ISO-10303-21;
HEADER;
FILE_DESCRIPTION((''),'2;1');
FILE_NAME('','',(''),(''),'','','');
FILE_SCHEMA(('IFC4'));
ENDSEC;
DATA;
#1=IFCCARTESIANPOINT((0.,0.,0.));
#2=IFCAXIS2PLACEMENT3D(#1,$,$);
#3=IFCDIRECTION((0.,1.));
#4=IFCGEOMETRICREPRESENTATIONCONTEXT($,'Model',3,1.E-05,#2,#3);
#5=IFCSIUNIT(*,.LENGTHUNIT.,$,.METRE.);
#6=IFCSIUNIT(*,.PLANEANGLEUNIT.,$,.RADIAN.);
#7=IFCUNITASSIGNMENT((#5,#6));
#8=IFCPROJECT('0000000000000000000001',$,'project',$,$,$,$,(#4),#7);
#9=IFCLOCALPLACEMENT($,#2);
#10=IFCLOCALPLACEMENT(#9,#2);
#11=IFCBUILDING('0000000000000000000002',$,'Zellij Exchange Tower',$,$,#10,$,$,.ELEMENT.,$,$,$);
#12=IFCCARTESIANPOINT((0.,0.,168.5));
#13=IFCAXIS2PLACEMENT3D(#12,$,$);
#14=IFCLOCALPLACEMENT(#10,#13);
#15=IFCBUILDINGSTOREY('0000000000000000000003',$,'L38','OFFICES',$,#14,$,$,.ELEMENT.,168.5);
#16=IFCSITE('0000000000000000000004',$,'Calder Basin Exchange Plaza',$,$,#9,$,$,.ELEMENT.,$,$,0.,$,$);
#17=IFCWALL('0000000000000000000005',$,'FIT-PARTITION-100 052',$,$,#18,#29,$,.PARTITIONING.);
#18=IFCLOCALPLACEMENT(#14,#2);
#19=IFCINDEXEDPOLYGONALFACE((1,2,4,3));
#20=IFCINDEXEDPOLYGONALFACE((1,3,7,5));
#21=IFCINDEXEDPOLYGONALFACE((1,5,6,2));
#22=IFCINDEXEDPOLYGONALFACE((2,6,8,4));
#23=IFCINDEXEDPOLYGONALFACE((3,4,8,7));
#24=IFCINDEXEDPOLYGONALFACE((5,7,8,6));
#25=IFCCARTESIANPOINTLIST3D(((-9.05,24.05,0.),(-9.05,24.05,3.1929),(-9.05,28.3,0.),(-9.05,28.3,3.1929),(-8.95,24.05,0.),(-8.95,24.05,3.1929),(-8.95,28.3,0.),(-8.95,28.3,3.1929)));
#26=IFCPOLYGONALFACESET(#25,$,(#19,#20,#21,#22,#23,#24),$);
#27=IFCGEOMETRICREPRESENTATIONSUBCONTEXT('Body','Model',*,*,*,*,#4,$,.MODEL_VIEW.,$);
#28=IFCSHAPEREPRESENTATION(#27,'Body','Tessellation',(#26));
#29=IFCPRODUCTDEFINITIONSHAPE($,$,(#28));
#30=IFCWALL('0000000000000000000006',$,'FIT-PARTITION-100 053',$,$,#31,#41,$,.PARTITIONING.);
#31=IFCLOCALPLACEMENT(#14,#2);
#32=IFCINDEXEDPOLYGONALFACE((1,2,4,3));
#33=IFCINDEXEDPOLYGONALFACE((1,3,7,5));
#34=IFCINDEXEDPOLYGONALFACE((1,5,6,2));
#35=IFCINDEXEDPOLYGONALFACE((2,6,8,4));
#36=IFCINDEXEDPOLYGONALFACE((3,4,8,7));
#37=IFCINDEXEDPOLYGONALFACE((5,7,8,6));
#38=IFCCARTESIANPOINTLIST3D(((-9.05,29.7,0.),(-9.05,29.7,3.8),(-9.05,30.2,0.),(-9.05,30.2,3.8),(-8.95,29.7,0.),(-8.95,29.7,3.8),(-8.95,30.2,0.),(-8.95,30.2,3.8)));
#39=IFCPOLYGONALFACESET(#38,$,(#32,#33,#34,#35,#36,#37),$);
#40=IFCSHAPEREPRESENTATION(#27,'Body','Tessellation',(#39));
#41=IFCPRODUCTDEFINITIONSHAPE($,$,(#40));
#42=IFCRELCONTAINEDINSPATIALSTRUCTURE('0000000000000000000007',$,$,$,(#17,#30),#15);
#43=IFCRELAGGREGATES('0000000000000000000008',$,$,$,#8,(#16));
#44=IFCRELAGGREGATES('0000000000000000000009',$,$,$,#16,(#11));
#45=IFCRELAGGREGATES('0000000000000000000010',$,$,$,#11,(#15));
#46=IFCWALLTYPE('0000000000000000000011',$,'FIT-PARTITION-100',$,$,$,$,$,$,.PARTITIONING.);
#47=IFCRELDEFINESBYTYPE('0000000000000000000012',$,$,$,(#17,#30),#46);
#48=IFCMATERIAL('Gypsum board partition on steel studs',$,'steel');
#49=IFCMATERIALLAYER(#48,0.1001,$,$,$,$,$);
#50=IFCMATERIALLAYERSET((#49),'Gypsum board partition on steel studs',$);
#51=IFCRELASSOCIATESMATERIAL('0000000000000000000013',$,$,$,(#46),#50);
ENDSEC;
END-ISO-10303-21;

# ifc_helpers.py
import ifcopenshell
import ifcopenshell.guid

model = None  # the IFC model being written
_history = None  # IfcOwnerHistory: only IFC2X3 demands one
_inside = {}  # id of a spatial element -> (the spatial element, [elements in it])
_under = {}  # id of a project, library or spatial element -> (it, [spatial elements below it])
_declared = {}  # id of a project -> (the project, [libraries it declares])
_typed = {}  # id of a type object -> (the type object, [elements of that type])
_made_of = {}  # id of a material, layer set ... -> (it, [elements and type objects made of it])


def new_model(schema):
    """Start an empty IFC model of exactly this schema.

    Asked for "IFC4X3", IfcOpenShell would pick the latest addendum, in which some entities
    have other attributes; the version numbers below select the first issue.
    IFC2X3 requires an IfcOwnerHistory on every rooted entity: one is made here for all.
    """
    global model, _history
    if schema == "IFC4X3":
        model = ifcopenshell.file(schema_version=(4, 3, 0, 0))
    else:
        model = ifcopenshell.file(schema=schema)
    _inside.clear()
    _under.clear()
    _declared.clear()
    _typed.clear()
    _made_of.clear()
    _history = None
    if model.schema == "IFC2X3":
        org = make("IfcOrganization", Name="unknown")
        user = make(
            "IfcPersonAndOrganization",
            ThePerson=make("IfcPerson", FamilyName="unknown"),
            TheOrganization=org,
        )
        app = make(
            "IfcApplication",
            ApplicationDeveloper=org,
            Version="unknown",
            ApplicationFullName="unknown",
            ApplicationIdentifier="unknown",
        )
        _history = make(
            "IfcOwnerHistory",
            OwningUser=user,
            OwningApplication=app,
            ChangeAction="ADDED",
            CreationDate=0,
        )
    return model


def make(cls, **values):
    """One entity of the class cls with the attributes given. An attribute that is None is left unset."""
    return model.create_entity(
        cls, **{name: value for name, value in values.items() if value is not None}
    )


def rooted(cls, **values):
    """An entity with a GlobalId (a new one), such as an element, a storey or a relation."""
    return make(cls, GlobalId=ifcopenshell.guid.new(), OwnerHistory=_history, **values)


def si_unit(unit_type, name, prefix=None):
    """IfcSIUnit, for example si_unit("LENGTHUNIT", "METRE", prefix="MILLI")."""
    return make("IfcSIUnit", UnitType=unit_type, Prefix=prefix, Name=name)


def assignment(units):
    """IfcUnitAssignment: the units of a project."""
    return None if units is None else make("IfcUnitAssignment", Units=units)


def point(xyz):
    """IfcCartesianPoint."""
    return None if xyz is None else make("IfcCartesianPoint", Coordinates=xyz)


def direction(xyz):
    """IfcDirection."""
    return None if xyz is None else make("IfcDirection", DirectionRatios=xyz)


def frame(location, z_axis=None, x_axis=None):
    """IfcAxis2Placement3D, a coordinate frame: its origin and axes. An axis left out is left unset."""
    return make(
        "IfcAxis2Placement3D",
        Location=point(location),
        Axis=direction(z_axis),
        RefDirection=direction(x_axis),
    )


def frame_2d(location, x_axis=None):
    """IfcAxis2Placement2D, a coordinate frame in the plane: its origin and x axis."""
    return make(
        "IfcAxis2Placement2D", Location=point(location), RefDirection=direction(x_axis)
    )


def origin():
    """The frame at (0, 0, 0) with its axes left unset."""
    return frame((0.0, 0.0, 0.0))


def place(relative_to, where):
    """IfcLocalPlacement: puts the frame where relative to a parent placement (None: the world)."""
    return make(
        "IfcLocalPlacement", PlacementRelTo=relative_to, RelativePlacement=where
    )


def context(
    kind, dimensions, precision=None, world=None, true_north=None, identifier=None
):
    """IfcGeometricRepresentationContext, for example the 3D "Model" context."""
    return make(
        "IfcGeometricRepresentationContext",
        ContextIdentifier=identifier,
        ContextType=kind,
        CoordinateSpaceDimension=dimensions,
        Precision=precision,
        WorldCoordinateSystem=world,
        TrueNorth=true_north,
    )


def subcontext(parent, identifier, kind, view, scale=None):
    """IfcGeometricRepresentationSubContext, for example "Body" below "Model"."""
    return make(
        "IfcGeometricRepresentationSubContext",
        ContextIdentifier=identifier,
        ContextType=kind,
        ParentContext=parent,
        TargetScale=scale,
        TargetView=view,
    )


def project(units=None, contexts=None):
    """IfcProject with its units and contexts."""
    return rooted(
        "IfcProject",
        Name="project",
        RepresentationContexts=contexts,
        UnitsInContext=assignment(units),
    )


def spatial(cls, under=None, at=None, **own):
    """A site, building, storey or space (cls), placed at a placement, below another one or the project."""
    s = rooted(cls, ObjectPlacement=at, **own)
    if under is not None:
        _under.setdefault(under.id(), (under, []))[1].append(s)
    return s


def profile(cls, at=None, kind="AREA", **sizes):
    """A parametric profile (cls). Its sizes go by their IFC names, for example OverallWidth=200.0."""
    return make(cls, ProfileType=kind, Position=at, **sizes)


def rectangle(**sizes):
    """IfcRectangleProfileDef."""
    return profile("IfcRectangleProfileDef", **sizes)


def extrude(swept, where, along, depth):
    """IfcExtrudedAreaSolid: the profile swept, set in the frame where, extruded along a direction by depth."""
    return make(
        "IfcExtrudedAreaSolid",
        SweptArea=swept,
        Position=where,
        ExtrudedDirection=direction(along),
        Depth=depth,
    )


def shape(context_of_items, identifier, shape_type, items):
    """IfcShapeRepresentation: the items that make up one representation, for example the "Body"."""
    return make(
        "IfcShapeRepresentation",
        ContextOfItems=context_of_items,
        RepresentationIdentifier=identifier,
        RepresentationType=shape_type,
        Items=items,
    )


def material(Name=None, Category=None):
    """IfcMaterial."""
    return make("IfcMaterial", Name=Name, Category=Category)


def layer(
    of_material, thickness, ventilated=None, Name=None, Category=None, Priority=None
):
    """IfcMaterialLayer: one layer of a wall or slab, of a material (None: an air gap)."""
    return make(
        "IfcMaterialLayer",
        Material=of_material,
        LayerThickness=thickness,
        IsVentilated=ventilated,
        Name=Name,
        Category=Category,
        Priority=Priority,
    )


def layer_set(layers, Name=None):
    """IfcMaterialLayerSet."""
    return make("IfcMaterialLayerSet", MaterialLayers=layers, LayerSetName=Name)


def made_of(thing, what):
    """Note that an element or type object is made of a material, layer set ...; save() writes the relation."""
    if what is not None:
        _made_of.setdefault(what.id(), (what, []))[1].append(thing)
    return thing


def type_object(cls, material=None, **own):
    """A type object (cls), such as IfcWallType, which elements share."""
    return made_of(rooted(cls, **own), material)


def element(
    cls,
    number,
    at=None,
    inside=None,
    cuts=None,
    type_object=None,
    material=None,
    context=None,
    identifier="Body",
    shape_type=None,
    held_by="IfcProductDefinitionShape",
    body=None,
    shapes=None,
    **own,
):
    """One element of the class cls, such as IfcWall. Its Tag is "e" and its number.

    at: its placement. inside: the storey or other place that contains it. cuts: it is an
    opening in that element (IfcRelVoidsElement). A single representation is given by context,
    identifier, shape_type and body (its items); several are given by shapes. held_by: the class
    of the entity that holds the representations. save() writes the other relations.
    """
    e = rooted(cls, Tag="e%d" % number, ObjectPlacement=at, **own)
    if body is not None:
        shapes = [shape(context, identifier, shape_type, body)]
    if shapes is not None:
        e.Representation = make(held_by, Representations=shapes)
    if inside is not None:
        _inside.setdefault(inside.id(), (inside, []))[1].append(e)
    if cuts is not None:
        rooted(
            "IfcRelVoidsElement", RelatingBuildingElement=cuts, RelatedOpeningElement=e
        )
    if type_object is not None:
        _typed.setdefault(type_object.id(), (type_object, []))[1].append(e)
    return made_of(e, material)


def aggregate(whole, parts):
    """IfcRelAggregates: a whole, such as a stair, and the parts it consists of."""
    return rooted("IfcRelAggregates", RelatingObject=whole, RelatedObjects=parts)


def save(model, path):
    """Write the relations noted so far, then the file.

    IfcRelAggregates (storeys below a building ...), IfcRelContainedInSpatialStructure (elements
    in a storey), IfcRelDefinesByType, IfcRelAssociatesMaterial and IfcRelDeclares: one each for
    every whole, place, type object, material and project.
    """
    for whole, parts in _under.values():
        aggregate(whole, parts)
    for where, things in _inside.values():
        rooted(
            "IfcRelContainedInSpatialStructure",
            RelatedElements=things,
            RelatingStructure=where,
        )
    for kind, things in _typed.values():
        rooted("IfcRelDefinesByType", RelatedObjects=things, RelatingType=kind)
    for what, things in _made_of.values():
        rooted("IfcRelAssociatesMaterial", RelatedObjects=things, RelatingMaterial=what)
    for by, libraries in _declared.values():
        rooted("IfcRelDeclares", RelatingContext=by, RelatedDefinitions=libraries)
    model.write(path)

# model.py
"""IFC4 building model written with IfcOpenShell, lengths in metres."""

from ifc_helpers import new_model, si_unit, direction, frame, frame_2d, origin, place, context, subcontext, project, spatial, rectangle, extrude, material, layer, layer_set, type_object, element, save


model = new_model("IFC4")

# Units and contexts
model_context = context("Model", 3, precision=1e-05, world=origin(), true_north=direction((0.0, 1.0)))
body_context = subcontext(model_context, "Body", "Model", "MODEL_VIEW")
ifc_project = project(units=[si_unit("LENGTHUNIT", "METRE"), si_unit("PLANEANGLEUNIT", "RADIAN")], contexts=[model_context])

# Site, building, storey
site_placement = place(None, origin())
site = spatial("IfcSite", under=ifc_project, at=site_placement, Name="Calder Basin Exchange Plaza", CompositionType="ELEMENT", RefElevation=0.0)
building_placement = place(site_placement, origin())
building = spatial("IfcBuilding", under=site, at=building_placement, Name="Zellij Exchange Tower", CompositionType="ELEMENT")
storey_placement = place(building_placement, frame((0.0, 0.0, 168.5)))
storey = spatial("IfcBuildingStorey", under=building, at=storey_placement, Name="L38", Description="OFFICES", CompositionType="ELEMENT", Elevation=168.5)

# Shared definitions
ifc_material_1 = material(Name="Gypsum board partition on steel studs", Category="steel")
ifc_layer_1 = layer(ifc_material_1, 0.1001)
ifc_layer_set_1 = layer_set([ifc_layer_1], Name="Gypsum board partition on steel studs")
wall_type_1 = type_object("IfcWallType", Name="FIT-PARTITION-100", PredefinedType="PARTITIONING", material=ifc_layer_set_1)

# Walls
wall_1_placement = place(storey_placement, frame((-9.0, 24.05, 0.0), z_axis=(0.0, 0.0, 1.0), x_axis=(0.0, 1.0, 0.0)))
element("IfcWall", 1, at=wall_1_placement, inside=storey, type_object=wall_type_1, Name="FIT-PARTITION-100 052", PredefinedType="PARTITIONING", context=body_context, shape_type="SweptSolid", body=[
    extrude(rectangle(XDim=4.25, YDim=0.1001, at=frame_2d((2.125, 0.0))), origin(), (0.0, 0.0, 1.0), 3.1929),
])
wall_2_placement = place(storey_placement, frame((-9.0, 29.7, 0.0), z_axis=(0.0, 0.0, 1.0), x_axis=(0.0, 1.0, 0.0)))
element("IfcWall", 2, at=wall_2_placement, inside=storey, type_object=wall_type_1, Name="FIT-PARTITION-100 053", PredefinedType="PARTITIONING", context=body_context, shape_type="SweptSolid", body=[
    extrude(rectangle(XDim=0.5, YDim=0.1001, at=frame_2d((0.25, 0.0))), origin(), (0.0, 0.0, 1.0), 3.8),
])

save(model, "model.ifc")
